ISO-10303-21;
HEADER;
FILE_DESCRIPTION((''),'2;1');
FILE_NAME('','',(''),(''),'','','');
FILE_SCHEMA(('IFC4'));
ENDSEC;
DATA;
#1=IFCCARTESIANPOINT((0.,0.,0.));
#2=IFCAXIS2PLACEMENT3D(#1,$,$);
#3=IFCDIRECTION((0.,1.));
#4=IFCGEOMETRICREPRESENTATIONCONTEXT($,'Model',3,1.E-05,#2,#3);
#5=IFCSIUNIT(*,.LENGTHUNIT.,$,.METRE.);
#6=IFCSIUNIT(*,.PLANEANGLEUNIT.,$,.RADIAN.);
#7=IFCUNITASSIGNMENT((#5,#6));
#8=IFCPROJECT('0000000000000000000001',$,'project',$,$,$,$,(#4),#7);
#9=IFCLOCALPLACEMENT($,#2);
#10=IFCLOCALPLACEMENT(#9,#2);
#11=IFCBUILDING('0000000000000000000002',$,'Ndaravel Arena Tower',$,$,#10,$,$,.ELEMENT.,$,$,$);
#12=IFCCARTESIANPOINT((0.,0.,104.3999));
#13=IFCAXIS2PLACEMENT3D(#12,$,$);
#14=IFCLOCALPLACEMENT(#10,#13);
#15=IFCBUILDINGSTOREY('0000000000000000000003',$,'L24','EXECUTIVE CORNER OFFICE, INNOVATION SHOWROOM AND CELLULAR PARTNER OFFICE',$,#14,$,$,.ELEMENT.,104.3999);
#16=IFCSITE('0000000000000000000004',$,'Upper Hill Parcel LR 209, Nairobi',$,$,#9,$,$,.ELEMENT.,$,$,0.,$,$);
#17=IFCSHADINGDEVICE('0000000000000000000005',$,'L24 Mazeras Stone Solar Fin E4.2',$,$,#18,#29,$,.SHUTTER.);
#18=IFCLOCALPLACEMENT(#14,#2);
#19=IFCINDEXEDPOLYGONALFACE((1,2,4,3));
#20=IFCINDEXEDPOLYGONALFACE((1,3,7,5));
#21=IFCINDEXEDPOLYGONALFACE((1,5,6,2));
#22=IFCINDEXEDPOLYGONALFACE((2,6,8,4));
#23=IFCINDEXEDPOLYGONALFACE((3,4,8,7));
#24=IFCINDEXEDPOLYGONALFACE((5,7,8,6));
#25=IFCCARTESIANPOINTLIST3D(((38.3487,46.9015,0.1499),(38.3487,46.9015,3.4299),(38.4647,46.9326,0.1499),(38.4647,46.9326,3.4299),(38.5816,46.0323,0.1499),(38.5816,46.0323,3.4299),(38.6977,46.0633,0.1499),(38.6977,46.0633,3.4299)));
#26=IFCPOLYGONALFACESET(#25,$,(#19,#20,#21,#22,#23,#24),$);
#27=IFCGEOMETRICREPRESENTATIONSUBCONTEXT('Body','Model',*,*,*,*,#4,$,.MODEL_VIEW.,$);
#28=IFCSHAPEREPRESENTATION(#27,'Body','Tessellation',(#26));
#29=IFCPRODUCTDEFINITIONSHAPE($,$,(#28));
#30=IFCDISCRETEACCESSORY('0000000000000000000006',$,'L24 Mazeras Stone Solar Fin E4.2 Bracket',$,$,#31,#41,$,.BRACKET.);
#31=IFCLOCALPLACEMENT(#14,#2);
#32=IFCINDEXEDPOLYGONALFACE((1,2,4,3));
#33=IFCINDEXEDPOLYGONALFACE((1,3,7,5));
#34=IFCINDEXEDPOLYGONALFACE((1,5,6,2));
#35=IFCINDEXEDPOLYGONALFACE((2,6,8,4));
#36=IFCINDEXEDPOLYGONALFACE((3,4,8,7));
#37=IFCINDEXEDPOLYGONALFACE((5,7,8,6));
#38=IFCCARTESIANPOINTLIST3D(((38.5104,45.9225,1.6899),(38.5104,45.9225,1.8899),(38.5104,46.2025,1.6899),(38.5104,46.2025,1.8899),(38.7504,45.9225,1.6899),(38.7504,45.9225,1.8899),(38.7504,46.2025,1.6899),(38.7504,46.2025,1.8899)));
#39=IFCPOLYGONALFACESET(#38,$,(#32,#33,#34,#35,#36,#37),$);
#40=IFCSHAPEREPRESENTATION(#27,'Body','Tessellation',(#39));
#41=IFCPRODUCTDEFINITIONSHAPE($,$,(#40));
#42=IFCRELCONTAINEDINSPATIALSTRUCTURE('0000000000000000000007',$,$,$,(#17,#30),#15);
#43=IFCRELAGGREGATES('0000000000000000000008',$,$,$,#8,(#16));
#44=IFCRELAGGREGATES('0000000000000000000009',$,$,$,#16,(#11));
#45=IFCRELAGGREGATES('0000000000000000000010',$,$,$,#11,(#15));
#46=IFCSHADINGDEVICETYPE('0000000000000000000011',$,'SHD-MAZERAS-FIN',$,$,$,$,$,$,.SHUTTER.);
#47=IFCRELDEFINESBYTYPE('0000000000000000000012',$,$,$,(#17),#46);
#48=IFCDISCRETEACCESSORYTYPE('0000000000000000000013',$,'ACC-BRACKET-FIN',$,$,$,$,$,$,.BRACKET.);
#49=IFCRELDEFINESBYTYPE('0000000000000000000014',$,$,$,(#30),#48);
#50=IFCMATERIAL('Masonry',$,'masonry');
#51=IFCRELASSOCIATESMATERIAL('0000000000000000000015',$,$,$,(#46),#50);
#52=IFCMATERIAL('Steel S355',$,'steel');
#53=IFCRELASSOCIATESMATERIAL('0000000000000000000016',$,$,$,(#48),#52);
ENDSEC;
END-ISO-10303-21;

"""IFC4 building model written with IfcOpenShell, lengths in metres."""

from ifc_helpers import new_model, si_unit, direction, frame, origin, origin_2d, place, context, subcontext, project, spatial, rectangle, extrude, material, type_object, element, save


model = new_model("IFC4")

# Units and contexts
model_context = context("Model", 3, precision=1e-05, world=origin(), true_north=direction((0.0, 1.0)))
body_context = subcontext(model_context, "Body", "Model", "MODEL_VIEW")
ifc_project = project(units=[si_unit("LENGTHUNIT", "METRE"), si_unit("PLANEANGLEUNIT", "RADIAN")], contexts=[model_context])

# Site, building, storey
site_placement = place(None, origin())
site = spatial("IfcSite", under=ifc_project, at=site_placement, Name="Upper Hill Parcel LR 209, Nairobi", CompositionType="ELEMENT", RefElevation=0.0)
building_placement = place(site_placement, origin())
building = spatial("IfcBuilding", under=site, at=building_placement, Name="Ndaravel Arena Tower", CompositionType="ELEMENT")
storey_placement = place(building_placement, frame((0.0, 0.0, 104.3999)))
storey = spatial("IfcBuildingStorey", under=building, at=storey_placement, Name="L24", Description="EXECUTIVE CORNER OFFICE, INNOVATION SHOWROOM AND CELLULAR PARTNER OFFICE", CompositionType="ELEMENT", Elevation=104.3999)

# Shading device
ifc_material_1 = material(Name="Masonry", Category="masonry")
shading_device_type = type_object("IfcShadingDeviceType", Name="SHD-MAZERAS-FIN", PredefinedType="SHUTTER", material=ifc_material_1)
shading_device_placement = place(storey_placement, frame((38.5232, 46.4824, 0.1499), z_axis=(0.0, 0.0, 1.0), x_axis=(-0.258819, 0.965926, 0.0)))
element("IfcShadingDevice", 1, at=shading_device_placement, inside=storey, type_object=shading_device_type, Name="L24 Mazeras Stone Solar Fin E4.2", PredefinedType="SHUTTER", context=body_context, shape_type="SweptSolid", body=[
    extrude(rectangle(XDim=0.8999, YDim=0.1201, at=origin_2d()), origin(), (0.0, 0.0, 1.0), 3.28),
])

# Discrete accessory
ifc_material_2 = material(Name="Steel S355", Category="steel")
discrete_accessory_type = type_object("IfcDiscreteAccessoryType", Name="ACC-BRACKET-FIN", PredefinedType="BRACKET", material=ifc_material_2)
discrete_accessory_placement = place(storey_placement, frame((38.6304, 46.0625, 1.6899), z_axis=(0.0, 0.0, 1.0), x_axis=(0.0, 1.0, 0.0)))
element("IfcDiscreteAccessory", 2, at=discrete_accessory_placement, inside=storey, type_object=discrete_accessory_type, Name="L24 Mazeras Stone Solar Fin E4.2 Bracket", PredefinedType="BRACKET", context=body_context, shape_type="SweptSolid", body=[
    extrude(rectangle(XDim=0.28, YDim=0.24, at=origin_2d()), origin(), (0.0, 0.0, 1.0), 0.2),
])

save(model, "model.ifc")
